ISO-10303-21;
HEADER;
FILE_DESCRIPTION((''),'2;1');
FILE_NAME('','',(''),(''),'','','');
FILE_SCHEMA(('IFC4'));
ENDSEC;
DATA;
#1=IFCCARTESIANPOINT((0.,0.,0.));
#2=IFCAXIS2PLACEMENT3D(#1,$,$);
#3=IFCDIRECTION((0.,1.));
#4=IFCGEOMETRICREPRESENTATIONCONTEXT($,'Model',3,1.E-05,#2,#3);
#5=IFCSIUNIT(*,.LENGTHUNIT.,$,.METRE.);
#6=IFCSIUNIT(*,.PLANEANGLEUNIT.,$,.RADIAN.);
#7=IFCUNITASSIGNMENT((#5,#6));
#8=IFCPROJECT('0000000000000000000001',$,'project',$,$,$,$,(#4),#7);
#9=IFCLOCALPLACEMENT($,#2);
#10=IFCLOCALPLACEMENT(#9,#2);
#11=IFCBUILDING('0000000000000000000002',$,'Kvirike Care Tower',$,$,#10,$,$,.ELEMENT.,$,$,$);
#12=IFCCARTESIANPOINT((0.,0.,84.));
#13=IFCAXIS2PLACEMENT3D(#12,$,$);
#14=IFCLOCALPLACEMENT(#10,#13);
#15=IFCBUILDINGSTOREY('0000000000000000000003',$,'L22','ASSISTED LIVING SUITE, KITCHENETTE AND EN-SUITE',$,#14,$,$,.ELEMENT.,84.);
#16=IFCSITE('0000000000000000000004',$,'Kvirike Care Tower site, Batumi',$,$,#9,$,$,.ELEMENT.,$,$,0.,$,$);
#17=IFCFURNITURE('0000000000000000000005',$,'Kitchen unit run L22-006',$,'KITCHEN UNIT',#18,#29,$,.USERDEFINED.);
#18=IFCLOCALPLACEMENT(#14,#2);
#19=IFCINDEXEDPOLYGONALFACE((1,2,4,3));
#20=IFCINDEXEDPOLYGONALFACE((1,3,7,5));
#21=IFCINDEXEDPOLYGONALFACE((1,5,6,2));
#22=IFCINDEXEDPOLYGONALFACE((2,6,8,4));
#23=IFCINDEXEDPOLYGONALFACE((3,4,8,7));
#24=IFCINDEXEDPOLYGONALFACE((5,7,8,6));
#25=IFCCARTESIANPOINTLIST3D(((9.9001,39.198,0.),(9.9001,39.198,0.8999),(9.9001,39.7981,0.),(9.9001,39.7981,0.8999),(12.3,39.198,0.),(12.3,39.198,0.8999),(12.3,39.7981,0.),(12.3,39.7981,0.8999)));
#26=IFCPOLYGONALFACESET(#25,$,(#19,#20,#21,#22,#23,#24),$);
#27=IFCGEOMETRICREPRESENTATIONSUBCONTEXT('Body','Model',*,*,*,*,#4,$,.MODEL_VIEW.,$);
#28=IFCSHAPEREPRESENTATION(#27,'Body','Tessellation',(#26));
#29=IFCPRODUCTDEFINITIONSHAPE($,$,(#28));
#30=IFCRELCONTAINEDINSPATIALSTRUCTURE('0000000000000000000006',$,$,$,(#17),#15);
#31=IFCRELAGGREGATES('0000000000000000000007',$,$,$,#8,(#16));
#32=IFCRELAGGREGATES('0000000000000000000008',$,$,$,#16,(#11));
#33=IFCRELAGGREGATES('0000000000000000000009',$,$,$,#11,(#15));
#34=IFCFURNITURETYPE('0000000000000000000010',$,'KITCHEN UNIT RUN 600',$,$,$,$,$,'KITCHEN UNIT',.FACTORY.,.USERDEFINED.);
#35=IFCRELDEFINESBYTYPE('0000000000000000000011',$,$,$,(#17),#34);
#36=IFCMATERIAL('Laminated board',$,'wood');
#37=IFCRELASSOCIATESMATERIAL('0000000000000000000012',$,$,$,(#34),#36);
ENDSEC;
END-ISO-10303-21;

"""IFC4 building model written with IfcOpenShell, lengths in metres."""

from ifc_helpers import new_model, si_unit, direction, frame, origin, origin_2d, place, context, subcontext, project, spatial, rectangle, extrude, material, type_object, element, save


model = new_model("IFC4")

# Units and contexts
model_context = context("Model", 3, precision=1e-05, world=origin(), true_north=direction((0.0, 1.0)))
body_context = subcontext(model_context, "Body", "Model", "MODEL_VIEW")
ifc_project = project(units=[si_unit("LENGTHUNIT", "METRE"), si_unit("PLANEANGLEUNIT", "RADIAN")], contexts=[model_context])

# Site, building, storey
site_placement = place(None, origin())
site = spatial("IfcSite", under=ifc_project, at=site_placement, Name="Kvirike Care Tower site, Batumi", CompositionType="ELEMENT", RefElevation=0.0)
building_placement = place(site_placement, origin())
building = spatial("IfcBuilding", under=site, at=building_placement, Name="Kvirike Care Tower", CompositionType="ELEMENT")
storey_placement = place(building_placement, frame((0.0, 0.0, 84.0)))
storey = spatial("IfcBuildingStorey", under=building, at=storey_placement, Name="L22", Description="ASSISTED LIVING SUITE, KITCHENETTE AND EN-SUITE", CompositionType="ELEMENT", Elevation=84.0)

# Furniture
ifc_material_1 = material(Name="Laminated board", Category="wood")
furniture_type = type_object("IfcFurnitureType", Name="KITCHEN UNIT RUN 600", ElementType="KITCHEN UNIT", AssemblyPlace="FACTORY", PredefinedType="USERDEFINED", material=ifc_material_1)
furniture_placement = place(storey_placement, frame((11.1001, 39.498, 0.0), z_axis=(0.0, 0.0, 1.0), x_axis=(1.0, 0.0, 0.0)))
element("IfcFurniture", 1, at=furniture_placement, inside=storey, type_object=furniture_type, Name="Kitchen unit run L22-006", ObjectType="KITCHEN UNIT", PredefinedType="USERDEFINED", context=body_context, shape_type="SweptSolid", body=[
    extrude(rectangle(XDim=2.3999, YDim=0.6001, at=origin_2d()), origin(), (0.0, 0.0, 1.0), 0.8999),
])

save(model, "model.ifc")
